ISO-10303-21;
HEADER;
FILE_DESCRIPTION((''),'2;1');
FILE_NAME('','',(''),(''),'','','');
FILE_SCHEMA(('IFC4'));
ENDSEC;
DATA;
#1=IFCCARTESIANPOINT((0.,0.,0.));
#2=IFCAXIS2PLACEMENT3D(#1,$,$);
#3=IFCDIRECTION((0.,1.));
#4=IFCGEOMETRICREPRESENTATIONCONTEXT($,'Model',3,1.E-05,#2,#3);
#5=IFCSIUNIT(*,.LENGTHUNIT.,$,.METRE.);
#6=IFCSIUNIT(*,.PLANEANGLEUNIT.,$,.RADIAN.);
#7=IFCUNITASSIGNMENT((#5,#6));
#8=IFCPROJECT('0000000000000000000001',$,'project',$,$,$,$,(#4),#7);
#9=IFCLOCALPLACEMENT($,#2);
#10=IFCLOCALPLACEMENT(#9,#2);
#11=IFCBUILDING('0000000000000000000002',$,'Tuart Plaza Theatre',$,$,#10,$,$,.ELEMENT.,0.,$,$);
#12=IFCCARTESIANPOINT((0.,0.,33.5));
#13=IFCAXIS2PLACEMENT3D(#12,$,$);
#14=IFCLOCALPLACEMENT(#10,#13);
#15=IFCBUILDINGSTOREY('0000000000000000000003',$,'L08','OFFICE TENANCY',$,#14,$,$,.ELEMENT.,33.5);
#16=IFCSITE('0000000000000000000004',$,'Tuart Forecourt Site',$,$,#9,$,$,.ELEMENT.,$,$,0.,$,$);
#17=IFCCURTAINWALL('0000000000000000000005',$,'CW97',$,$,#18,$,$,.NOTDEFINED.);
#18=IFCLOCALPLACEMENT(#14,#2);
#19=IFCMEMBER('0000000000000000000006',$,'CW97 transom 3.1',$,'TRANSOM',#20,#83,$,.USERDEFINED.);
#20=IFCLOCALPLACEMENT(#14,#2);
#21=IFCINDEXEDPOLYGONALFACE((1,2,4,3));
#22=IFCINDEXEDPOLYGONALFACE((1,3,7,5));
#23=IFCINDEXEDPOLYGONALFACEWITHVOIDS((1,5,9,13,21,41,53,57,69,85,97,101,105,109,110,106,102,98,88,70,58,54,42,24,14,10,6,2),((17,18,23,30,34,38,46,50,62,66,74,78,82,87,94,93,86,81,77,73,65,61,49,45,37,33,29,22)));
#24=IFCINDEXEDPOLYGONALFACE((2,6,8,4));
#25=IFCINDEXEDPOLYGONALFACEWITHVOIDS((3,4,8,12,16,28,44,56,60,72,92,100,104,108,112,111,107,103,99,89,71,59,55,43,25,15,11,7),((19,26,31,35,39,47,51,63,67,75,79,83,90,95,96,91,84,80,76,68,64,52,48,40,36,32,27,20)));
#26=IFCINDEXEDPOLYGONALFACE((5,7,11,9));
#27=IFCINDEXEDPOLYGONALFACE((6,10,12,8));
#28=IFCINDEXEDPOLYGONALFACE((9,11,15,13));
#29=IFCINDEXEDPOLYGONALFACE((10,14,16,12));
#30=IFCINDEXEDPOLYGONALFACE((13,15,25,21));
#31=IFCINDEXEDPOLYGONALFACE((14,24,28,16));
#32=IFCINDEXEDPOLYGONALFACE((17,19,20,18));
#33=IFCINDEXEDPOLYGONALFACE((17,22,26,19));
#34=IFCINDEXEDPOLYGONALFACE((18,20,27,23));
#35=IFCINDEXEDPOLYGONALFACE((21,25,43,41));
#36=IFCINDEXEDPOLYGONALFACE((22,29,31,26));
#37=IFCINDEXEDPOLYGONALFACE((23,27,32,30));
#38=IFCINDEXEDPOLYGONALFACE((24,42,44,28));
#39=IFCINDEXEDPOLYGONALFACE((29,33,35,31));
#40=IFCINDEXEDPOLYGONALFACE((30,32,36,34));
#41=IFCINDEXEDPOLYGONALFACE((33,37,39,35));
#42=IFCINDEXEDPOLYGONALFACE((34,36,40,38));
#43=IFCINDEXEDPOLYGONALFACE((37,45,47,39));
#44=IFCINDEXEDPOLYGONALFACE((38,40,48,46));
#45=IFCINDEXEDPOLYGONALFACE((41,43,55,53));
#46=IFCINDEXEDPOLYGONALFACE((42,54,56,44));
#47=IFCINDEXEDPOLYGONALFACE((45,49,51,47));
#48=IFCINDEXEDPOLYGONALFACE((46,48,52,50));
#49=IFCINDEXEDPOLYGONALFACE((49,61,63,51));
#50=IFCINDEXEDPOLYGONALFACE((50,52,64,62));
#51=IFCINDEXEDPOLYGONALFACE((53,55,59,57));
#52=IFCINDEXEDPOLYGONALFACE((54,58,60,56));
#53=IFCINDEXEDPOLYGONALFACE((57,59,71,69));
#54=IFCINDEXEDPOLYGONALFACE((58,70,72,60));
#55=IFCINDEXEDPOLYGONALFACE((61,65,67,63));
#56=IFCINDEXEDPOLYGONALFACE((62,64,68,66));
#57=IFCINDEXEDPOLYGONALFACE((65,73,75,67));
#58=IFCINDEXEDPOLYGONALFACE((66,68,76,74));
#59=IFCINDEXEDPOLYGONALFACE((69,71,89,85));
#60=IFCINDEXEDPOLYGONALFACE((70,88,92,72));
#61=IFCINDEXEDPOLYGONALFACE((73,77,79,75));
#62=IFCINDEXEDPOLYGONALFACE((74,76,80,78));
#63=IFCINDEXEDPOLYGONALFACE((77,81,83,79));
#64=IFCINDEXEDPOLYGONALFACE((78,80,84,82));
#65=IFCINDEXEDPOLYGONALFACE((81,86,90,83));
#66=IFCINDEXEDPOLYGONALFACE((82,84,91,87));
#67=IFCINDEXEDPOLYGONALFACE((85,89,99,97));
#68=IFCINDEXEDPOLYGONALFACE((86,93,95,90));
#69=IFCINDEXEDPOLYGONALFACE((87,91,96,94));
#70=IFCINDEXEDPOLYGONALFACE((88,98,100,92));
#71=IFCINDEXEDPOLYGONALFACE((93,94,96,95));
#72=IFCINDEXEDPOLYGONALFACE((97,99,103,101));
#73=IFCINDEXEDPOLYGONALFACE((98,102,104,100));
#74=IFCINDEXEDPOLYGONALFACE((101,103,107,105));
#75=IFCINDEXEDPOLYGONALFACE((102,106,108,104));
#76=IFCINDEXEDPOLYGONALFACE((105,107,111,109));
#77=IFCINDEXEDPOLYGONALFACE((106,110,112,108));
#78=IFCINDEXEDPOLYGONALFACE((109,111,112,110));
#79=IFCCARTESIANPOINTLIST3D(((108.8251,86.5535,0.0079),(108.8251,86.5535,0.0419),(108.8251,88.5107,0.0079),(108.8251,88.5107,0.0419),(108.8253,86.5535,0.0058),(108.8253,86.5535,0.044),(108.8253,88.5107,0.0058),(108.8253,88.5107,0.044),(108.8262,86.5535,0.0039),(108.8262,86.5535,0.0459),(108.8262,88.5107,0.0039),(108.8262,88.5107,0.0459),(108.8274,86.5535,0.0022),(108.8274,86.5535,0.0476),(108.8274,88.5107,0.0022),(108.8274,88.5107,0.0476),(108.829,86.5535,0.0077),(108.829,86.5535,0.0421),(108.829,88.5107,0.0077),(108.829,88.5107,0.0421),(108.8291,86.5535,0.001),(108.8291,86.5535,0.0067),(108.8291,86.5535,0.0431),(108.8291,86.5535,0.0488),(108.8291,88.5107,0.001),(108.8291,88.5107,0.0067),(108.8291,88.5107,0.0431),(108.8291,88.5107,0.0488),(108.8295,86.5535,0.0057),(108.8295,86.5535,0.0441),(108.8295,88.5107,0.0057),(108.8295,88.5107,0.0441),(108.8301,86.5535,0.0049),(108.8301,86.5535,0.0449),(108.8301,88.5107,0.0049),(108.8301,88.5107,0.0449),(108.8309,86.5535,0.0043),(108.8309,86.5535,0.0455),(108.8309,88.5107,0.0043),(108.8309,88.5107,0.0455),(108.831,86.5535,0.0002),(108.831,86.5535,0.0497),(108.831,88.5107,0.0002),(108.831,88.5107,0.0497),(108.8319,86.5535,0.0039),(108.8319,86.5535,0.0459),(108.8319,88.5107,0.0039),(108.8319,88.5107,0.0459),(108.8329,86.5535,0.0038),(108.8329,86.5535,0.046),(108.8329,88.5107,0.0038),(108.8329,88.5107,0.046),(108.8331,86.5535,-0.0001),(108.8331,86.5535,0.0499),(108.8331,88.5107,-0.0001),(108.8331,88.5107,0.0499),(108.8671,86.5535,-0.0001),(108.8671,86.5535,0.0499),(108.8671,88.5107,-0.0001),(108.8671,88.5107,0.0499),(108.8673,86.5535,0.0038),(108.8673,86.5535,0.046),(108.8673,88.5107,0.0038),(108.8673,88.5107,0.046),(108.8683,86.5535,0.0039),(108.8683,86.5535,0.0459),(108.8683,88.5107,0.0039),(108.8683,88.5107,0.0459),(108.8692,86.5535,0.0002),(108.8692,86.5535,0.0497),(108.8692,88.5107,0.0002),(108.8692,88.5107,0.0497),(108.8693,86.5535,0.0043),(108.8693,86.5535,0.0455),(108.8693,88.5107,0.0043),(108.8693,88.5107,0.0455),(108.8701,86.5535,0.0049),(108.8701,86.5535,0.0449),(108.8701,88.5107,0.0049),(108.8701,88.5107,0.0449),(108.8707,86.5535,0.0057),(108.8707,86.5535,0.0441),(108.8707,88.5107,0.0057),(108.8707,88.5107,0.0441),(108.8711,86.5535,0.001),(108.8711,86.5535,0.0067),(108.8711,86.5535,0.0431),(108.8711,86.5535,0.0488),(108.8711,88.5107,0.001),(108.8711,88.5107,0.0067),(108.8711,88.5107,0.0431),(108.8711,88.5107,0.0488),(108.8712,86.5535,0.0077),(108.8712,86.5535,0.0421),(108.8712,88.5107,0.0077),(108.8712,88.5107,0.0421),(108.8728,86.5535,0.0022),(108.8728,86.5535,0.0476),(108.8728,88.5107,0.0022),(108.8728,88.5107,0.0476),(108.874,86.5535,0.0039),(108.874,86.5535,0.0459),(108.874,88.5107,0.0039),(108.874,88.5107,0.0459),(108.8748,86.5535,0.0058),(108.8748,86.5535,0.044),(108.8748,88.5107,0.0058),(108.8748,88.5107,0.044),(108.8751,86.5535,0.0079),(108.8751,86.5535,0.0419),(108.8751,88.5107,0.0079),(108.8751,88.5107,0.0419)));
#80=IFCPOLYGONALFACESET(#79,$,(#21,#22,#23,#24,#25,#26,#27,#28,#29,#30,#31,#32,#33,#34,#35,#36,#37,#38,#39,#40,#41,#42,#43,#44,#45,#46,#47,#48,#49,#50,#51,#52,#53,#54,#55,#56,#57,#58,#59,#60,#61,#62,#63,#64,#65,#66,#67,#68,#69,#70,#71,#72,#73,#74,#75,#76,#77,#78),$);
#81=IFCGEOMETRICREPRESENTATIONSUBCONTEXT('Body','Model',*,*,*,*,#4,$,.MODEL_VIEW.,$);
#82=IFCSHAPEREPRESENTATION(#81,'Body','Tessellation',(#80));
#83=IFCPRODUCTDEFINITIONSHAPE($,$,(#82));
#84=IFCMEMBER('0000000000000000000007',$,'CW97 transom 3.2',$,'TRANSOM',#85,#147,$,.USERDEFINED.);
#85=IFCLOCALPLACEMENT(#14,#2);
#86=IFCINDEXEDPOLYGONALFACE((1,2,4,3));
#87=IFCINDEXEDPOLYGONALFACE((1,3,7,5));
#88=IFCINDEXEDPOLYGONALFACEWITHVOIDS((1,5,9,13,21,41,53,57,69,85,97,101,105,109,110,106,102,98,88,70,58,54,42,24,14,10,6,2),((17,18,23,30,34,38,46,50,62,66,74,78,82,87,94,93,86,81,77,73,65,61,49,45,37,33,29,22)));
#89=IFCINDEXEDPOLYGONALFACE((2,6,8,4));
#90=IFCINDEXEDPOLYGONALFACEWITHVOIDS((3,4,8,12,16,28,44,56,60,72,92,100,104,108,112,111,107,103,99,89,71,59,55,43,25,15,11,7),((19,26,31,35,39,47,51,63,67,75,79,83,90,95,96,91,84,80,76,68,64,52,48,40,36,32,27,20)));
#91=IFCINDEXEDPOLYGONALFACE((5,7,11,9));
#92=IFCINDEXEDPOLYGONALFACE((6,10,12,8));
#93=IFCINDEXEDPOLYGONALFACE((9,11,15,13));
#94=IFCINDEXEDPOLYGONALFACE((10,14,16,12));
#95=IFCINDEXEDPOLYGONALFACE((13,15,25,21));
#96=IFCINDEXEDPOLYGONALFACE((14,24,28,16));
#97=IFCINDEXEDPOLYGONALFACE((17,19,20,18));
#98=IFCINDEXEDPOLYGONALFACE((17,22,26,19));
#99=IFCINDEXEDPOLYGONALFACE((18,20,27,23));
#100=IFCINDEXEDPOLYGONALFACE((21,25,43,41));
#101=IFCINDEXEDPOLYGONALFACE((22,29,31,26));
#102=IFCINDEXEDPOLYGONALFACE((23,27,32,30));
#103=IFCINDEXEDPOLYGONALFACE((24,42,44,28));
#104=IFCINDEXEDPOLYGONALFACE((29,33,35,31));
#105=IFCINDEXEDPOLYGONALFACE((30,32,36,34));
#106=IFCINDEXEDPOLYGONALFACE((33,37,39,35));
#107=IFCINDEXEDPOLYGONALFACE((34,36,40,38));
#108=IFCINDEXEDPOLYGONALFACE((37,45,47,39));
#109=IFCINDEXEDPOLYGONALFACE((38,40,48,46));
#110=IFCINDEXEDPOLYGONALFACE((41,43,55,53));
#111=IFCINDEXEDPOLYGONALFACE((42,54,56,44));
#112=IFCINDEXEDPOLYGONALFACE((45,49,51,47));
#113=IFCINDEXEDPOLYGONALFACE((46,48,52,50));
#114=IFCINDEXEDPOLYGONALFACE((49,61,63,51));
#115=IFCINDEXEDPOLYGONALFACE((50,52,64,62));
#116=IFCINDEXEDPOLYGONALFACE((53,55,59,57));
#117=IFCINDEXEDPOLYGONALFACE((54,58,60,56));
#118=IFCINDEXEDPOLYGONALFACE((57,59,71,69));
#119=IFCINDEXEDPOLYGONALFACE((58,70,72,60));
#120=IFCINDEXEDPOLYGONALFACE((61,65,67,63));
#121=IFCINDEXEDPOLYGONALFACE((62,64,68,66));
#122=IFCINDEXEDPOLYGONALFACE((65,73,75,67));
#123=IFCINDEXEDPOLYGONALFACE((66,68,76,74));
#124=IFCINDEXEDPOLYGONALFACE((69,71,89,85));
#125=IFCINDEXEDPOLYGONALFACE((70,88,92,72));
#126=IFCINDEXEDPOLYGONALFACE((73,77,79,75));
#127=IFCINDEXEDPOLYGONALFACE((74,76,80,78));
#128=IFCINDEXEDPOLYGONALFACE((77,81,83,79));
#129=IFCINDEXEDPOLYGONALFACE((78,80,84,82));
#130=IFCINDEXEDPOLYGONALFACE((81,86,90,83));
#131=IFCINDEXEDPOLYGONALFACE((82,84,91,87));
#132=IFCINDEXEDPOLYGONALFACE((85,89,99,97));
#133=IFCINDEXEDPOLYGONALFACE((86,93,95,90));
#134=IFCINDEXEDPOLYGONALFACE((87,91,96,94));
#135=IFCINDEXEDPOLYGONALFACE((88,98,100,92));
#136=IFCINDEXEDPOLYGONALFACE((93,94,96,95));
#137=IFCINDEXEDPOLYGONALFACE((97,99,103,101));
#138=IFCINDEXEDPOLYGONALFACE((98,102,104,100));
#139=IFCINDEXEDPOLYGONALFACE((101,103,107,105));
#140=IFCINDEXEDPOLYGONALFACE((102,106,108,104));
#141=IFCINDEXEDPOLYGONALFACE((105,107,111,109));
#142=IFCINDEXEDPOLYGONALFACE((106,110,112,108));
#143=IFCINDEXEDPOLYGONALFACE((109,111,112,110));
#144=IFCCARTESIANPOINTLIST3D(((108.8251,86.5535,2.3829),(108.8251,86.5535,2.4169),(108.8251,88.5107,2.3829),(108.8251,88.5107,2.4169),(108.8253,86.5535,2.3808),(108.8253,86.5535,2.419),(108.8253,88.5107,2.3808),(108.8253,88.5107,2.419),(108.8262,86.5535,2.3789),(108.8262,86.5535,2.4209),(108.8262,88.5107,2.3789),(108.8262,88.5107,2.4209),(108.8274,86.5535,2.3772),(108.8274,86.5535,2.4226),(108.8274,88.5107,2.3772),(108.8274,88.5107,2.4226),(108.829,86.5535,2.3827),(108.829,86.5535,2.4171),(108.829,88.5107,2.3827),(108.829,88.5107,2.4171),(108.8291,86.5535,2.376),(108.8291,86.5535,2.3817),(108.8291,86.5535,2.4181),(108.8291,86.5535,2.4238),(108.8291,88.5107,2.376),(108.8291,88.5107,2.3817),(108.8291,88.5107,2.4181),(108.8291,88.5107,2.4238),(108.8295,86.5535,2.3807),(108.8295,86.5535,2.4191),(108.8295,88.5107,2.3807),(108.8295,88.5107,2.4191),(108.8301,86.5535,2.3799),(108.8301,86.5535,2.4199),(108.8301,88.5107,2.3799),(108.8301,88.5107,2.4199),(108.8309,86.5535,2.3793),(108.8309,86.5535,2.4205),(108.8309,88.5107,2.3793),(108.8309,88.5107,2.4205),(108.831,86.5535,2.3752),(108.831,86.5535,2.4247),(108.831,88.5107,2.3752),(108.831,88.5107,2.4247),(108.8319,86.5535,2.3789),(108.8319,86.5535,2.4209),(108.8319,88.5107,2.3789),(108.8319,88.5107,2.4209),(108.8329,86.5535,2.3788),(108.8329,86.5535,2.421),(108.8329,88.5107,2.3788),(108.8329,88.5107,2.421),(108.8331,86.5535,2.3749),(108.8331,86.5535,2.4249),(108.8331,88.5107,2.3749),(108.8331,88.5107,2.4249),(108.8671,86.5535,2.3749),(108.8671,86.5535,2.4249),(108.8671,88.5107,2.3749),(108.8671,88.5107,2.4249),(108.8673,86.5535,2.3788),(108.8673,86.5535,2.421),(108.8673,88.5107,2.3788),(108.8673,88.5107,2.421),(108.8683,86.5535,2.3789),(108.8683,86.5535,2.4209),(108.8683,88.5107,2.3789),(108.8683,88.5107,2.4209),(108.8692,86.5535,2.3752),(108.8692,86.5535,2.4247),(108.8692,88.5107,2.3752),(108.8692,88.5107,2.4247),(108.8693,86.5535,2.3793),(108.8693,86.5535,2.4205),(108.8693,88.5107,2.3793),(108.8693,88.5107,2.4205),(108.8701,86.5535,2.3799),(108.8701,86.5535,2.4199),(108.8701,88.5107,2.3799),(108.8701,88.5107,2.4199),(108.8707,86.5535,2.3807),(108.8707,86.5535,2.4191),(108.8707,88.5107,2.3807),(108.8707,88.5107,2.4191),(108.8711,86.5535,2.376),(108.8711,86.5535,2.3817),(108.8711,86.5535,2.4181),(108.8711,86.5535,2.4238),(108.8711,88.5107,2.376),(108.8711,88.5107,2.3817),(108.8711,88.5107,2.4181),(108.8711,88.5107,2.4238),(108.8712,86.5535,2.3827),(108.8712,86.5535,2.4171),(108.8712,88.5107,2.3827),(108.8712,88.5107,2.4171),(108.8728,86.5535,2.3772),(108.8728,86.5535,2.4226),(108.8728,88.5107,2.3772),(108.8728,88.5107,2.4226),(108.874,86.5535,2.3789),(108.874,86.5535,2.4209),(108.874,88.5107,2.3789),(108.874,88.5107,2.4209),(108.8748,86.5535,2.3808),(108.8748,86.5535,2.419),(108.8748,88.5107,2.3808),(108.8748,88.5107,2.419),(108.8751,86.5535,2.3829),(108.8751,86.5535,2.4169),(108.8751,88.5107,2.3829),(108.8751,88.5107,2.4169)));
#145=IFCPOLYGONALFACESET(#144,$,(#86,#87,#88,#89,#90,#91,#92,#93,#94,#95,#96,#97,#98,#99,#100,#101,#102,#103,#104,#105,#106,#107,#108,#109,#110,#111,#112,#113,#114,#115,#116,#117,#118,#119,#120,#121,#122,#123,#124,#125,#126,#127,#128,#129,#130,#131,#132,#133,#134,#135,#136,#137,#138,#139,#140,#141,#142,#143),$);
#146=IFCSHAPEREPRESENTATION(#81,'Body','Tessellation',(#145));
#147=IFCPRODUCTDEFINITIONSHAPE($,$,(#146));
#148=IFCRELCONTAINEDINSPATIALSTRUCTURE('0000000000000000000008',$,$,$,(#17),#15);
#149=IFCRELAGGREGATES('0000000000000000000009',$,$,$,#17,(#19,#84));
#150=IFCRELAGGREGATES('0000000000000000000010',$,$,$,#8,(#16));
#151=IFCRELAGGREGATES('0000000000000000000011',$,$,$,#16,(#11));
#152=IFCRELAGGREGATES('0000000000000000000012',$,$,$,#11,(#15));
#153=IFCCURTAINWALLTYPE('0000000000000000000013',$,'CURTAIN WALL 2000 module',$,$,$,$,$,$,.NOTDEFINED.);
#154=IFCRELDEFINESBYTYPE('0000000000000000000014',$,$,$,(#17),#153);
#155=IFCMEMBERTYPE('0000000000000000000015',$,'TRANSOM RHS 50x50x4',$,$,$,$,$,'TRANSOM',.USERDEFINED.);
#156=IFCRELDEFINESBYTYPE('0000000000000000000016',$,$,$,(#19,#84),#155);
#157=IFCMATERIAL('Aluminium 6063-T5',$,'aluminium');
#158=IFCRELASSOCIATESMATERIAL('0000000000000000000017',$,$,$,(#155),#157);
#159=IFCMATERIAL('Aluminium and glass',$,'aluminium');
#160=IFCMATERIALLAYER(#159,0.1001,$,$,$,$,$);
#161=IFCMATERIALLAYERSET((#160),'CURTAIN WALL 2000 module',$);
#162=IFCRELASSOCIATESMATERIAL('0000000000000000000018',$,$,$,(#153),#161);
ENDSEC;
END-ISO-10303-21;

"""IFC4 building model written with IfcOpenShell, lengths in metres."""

from ifc_helpers import new_model, si_unit, direction, frame, origin, origin_2d, place, context, subcontext, project, spatial, hollow_rectangle, extrude, material, layer, layer_set, material_profile, profile_set, type_object, element, aggregate, save


model = new_model("IFC4")

# Units and contexts
model_context = context("Model", 3, precision=1e-05, world=origin(), true_north=direction((0.0, 1.0)))
body_context = subcontext(model_context, "Body", "Model", "MODEL_VIEW")
ifc_project = project(units=[si_unit("LENGTHUNIT", "METRE"), si_unit("PLANEANGLEUNIT", "RADIAN")], contexts=[model_context])

# Site, building, storey
site_placement = place(None, origin())
site = spatial("IfcSite", under=ifc_project, at=site_placement, Name="Tuart Forecourt Site", CompositionType="ELEMENT", RefElevation=0.0)
building_placement = place(site_placement, origin())
building = spatial("IfcBuilding", under=site, at=building_placement, Name="Tuart Plaza Theatre", CompositionType="ELEMENT", ElevationOfRefHeight=0.0)
storey_placement = place(building_placement, frame((0.0, 0.0, 33.5)))
storey = spatial("IfcBuildingStorey", under=building, at=storey_placement, Name="L08", Description="OFFICE TENANCY", CompositionType="ELEMENT", Elevation=33.5)

# Curtain wall, members
ifc_material_1 = material(Name="Aluminium 6063-T5", Category="aluminium")
ifc_material_profile_1 = material_profile(ifc_material_1, hollow_rectangle(XDim=0.05, YDim=0.05, WallThickness=0.0039, InnerFilletRadius=0.0039, OuterFilletRadius=0.0081, at=origin_2d()), Name="RHS 50x50x4")
ifc_profile_set_1 = profile_set([ifc_material_profile_1], Name="Aluminium 6063-T5")
member_type_1 = type_object("IfcMemberType", Name="TRANSOM RHS 50x50x4", ElementType="TRANSOM", PredefinedType="USERDEFINED", material=ifc_profile_set_1)
ifc_material_2 = material(Name="Aluminium and glass", Category="aluminium")
ifc_layer_1 = layer(ifc_material_2, 0.1001)
ifc_layer_set_1 = layer_set([ifc_layer_1], Name="CURTAIN WALL 2000 module")
curtain_wall_type_1 = type_object("IfcCurtainWallType", Name="CURTAIN WALL 2000 module", PredefinedType="NOTDEFINED", material=ifc_layer_set_1)
curtain_wall_1_placement = place(storey_placement, origin())
curtain_wall_1 = element("IfcCurtainWall", 1, at=curtain_wall_1_placement, inside=storey, type_object=curtain_wall_type_1, Name="CW97", PredefinedType="NOTDEFINED")
member_1_placement = place(storey_placement, frame((108.8501, 88.5107, 0.0249), z_axis=(0.0, -1.0, 0.0), x_axis=(1.0, 0.0, 0.0)))
member_1 = element("IfcMember", 2, at=member_1_placement, type_object=member_type_1, Name="CW97 transom 3.1", ObjectType="TRANSOM", PredefinedType="USERDEFINED", context=body_context, shape_type="SweptSolid", body=[
    extrude(hollow_rectangle(XDim=0.05, YDim=0.05, WallThickness=0.0039, InnerFilletRadius=0.0039, OuterFilletRadius=0.0081, at=origin_2d()), origin(), (0.0, 0.0, 1.0), 1.9573),
])
member_2_placement = place(storey_placement, frame((108.8501, 88.5107, 2.3999), z_axis=(0.0, -1.0, 0.0), x_axis=(1.0, 0.0, 0.0)))
member_2 = element("IfcMember", 3, at=member_2_placement, type_object=member_type_1, Name="CW97 transom 3.2", ObjectType="TRANSOM", PredefinedType="USERDEFINED", context=body_context, shape_type="SweptSolid", body=[
    extrude(hollow_rectangle(XDim=0.05, YDim=0.05, WallThickness=0.0039, InnerFilletRadius=0.0039, OuterFilletRadius=0.0081, at=origin_2d()), origin(), (0.0, 0.0, 1.0), 1.9573),
])

aggregate(curtain_wall_1, [member_1, member_2])

save(model, "model.ifc")
